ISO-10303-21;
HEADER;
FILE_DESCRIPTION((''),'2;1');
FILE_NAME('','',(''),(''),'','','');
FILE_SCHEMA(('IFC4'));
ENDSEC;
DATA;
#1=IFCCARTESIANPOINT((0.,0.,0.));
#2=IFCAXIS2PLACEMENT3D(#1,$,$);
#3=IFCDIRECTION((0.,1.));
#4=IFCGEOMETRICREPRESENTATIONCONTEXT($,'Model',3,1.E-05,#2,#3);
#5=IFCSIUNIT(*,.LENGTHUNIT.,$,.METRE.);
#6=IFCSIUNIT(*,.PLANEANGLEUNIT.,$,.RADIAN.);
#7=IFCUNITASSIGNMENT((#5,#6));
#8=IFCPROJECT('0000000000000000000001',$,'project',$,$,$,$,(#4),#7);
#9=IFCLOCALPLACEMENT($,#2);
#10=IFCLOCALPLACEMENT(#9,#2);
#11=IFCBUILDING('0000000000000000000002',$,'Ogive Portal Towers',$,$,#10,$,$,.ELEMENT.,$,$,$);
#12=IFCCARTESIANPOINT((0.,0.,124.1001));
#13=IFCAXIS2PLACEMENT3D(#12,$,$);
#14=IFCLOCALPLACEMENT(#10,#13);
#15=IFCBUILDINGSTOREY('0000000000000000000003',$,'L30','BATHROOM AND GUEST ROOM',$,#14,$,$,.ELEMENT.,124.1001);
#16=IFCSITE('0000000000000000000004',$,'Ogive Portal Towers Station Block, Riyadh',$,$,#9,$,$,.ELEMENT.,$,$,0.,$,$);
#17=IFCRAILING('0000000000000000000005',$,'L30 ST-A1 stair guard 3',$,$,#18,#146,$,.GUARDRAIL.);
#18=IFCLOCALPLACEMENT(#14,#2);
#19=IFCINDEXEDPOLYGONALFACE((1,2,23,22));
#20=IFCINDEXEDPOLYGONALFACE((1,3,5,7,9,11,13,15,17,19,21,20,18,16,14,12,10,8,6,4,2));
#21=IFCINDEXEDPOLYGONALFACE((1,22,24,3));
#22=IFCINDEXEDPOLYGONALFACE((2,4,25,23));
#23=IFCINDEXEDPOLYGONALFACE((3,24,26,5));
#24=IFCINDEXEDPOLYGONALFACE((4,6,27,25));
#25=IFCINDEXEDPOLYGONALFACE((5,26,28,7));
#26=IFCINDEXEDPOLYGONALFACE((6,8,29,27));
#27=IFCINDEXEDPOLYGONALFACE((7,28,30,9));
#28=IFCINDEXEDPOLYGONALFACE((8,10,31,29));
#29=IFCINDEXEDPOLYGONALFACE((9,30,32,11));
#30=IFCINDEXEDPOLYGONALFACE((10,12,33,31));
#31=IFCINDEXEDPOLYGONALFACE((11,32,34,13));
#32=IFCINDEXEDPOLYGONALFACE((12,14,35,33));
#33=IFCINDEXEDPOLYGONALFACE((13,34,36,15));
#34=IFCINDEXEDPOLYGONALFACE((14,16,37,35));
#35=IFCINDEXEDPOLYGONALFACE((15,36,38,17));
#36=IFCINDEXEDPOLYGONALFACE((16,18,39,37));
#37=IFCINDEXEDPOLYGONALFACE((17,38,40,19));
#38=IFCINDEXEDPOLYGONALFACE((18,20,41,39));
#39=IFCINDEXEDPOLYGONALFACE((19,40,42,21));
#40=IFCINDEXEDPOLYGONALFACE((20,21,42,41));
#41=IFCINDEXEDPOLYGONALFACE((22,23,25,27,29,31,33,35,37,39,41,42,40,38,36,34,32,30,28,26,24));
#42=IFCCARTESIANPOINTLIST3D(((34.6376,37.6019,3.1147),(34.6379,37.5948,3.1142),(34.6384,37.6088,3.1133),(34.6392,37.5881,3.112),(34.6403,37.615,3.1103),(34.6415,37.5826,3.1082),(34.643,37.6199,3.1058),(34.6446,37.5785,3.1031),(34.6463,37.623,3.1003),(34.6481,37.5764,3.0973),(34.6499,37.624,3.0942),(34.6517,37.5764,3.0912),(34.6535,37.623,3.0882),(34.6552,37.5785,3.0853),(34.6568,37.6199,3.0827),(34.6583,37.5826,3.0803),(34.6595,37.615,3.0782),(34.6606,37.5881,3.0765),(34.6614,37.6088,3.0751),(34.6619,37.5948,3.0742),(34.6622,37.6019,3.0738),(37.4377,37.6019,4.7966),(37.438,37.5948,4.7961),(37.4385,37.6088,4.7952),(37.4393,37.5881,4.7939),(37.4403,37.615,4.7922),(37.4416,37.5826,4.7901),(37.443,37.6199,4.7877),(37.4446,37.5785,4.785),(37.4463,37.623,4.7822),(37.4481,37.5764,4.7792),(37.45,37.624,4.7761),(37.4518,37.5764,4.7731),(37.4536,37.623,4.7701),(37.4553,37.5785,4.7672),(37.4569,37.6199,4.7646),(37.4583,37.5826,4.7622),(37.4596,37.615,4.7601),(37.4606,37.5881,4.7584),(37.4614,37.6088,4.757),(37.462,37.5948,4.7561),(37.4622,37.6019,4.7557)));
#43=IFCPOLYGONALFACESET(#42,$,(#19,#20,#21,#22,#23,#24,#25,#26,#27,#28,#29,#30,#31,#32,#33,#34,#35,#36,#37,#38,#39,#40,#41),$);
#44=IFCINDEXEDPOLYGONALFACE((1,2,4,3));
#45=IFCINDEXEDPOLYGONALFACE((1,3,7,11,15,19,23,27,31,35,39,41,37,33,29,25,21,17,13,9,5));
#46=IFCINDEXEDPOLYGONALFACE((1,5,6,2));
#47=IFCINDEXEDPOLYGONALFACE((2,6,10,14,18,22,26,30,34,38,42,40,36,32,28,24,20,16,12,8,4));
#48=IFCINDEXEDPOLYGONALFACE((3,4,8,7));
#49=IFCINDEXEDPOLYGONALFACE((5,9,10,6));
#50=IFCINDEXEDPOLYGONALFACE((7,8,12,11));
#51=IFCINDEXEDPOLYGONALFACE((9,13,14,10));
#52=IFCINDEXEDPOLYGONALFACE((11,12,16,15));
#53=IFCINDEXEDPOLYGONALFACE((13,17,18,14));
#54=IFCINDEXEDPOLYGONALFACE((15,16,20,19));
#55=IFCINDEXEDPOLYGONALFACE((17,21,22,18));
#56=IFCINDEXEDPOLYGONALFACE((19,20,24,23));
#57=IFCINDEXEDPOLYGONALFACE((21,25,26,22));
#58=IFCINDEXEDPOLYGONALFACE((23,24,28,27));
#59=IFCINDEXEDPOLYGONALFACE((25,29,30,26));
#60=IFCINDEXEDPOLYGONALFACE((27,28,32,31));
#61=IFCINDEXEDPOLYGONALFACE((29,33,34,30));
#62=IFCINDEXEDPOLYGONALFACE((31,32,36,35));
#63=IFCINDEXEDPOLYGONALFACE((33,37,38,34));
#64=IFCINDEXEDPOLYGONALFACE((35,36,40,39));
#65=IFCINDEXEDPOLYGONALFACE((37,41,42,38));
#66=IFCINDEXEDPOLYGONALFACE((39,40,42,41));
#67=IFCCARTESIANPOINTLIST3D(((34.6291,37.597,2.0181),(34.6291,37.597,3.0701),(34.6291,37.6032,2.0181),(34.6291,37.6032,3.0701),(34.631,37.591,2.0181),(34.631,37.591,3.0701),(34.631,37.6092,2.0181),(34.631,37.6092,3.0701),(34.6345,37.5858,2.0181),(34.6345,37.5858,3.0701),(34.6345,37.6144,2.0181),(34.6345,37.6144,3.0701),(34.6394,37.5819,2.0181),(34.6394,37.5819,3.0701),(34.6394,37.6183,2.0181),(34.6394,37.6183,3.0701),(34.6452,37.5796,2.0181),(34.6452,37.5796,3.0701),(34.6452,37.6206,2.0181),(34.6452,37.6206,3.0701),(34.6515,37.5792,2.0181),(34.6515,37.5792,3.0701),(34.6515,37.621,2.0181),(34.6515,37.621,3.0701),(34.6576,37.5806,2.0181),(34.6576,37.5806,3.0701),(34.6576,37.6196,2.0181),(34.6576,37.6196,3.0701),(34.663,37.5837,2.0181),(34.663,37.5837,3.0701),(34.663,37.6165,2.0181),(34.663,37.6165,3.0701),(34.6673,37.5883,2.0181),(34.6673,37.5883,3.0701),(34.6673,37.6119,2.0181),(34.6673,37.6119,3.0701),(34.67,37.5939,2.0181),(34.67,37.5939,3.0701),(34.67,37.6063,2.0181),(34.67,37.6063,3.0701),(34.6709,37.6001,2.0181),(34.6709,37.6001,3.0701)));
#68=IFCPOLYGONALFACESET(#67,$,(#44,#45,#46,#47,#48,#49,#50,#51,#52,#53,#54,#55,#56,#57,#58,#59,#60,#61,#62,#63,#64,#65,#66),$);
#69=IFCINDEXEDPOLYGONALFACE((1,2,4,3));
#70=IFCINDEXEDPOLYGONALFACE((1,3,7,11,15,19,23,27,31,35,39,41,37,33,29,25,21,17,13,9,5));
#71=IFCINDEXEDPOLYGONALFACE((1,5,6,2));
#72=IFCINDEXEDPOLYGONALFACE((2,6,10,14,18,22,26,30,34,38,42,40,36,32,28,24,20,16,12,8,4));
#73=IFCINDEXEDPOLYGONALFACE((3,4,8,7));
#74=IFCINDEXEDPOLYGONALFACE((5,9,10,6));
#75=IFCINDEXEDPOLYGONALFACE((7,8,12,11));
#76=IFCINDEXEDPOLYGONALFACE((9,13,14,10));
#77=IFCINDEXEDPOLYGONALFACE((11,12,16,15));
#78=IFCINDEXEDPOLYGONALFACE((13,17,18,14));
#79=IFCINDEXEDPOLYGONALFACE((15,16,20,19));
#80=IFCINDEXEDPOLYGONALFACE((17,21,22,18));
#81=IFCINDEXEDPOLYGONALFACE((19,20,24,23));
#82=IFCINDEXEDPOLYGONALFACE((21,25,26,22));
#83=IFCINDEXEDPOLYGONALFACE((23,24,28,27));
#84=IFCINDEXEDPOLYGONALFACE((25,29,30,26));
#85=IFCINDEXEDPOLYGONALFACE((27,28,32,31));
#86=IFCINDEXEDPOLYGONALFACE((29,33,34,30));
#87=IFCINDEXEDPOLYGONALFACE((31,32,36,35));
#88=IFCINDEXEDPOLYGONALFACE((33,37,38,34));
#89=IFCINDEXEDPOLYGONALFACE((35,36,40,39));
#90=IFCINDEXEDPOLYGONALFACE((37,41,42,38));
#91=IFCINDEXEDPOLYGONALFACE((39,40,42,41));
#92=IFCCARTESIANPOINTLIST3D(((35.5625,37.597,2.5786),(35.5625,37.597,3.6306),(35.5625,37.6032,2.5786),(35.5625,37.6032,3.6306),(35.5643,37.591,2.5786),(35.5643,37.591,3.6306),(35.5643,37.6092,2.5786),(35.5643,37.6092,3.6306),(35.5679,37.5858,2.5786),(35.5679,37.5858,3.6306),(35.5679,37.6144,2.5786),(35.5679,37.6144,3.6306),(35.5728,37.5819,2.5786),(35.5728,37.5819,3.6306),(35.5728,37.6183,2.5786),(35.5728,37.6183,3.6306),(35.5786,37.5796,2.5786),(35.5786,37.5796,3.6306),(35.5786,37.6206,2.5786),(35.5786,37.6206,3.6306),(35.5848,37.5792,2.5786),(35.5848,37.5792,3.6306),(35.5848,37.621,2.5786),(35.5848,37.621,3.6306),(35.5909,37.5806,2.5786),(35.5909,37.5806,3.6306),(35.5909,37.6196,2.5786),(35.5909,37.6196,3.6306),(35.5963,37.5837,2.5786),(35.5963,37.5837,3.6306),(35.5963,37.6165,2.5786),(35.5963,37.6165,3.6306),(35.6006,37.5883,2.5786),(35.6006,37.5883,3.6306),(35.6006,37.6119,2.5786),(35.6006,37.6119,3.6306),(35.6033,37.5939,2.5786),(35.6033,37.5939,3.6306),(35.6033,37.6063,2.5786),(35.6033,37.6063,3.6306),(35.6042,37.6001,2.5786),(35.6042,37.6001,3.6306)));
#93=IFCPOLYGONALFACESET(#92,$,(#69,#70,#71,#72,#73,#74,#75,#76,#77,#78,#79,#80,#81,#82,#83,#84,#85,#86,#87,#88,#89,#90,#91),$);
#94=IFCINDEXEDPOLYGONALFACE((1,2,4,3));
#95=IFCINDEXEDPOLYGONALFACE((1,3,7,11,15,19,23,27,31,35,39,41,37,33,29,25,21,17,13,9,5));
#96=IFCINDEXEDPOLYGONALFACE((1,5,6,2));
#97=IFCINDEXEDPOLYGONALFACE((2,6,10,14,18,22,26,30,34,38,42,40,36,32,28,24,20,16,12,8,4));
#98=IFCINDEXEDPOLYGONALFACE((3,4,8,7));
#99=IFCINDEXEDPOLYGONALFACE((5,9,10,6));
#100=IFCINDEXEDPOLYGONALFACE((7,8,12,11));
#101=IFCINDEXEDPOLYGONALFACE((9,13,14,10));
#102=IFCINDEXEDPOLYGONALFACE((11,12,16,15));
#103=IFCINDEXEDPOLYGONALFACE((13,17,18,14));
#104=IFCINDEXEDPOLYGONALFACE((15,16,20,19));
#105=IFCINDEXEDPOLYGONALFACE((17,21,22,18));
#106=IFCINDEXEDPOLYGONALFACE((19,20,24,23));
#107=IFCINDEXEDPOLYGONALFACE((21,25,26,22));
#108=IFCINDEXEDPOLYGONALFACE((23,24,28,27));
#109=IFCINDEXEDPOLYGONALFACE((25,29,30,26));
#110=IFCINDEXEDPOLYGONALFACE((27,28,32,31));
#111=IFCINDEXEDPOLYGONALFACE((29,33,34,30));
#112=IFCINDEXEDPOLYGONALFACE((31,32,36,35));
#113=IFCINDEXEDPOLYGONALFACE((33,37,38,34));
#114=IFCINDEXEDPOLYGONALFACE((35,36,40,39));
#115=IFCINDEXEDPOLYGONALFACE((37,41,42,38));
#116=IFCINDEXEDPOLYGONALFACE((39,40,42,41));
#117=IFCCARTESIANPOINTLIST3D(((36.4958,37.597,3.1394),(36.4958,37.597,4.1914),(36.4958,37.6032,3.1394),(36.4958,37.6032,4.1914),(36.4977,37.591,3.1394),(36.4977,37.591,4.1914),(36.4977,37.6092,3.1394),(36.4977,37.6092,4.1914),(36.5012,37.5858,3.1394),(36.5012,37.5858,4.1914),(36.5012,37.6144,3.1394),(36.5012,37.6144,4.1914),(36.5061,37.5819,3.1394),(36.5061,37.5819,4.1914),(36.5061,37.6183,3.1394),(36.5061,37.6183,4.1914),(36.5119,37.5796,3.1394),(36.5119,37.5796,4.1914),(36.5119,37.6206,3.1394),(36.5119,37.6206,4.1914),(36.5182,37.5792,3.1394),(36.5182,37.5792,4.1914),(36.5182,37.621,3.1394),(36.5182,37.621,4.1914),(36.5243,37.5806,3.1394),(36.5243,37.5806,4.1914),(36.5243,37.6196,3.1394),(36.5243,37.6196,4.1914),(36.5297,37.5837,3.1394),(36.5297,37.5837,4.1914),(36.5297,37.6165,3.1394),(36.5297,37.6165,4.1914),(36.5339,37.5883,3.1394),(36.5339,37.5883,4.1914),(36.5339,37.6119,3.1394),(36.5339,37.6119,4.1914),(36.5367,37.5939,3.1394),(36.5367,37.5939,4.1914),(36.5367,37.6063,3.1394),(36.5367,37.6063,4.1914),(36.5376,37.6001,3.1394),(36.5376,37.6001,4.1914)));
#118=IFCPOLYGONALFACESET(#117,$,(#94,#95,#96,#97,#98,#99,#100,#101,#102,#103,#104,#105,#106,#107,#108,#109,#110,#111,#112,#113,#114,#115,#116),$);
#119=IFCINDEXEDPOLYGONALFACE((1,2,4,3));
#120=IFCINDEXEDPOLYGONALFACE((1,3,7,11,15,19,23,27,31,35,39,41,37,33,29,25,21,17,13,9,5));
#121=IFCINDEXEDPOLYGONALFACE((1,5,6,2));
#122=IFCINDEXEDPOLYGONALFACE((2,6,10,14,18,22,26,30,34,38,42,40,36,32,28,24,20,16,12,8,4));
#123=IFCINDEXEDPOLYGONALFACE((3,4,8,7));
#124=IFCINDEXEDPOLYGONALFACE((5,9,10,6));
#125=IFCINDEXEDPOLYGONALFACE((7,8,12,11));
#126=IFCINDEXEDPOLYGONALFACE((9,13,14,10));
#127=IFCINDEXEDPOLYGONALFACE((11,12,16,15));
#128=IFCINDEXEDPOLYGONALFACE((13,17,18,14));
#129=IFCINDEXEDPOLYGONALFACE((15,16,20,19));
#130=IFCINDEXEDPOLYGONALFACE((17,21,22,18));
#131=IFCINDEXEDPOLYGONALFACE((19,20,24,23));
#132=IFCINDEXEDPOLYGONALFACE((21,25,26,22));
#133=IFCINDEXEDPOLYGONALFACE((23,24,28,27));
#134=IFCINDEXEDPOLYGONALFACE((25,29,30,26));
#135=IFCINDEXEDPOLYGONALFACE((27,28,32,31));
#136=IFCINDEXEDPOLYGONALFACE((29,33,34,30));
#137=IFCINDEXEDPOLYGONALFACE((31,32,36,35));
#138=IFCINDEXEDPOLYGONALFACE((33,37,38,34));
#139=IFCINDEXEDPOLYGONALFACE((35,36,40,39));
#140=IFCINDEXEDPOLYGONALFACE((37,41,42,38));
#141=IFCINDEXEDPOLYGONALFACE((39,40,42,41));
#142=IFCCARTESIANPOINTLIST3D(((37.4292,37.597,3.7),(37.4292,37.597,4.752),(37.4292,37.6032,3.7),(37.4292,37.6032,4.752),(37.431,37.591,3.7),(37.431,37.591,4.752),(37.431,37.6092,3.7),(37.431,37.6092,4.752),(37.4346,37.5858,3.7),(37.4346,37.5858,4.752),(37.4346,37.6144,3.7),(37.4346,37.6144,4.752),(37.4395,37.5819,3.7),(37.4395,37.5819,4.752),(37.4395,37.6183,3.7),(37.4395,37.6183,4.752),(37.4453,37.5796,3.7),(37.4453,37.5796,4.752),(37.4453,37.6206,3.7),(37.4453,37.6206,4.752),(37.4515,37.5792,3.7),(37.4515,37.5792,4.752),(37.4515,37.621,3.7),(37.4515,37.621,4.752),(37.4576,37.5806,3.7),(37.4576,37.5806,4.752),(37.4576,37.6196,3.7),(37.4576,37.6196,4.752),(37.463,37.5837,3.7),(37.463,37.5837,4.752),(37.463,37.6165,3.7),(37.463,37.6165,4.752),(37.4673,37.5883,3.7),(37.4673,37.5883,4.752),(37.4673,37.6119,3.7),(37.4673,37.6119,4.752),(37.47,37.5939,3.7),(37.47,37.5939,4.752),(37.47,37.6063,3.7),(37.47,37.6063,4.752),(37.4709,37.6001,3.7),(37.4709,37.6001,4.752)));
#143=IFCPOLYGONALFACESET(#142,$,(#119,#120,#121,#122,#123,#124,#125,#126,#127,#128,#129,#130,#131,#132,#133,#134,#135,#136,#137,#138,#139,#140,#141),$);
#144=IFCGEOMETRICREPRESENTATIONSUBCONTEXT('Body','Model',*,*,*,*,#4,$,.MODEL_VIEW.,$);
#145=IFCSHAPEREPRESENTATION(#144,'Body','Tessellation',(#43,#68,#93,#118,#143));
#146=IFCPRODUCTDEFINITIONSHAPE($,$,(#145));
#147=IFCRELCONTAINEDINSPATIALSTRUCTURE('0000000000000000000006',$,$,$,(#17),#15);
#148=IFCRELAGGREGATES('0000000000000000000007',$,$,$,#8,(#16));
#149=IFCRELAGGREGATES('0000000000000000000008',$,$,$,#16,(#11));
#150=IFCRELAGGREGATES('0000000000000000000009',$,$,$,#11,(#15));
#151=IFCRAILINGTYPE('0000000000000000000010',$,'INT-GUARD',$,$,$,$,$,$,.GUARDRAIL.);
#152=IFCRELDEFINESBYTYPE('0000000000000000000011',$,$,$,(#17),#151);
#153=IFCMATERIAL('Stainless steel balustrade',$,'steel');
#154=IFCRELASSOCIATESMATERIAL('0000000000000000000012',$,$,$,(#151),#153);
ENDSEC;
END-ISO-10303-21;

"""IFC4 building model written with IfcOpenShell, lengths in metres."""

from ifc_helpers import new_model, si_unit, direction, frame, origin, origin_2d, place, context, subcontext, project, spatial, circle, extrude, material, type_object, element, save


model = new_model("IFC4")

# Units and contexts
model_context = context("Model", 3, precision=1e-05, world=origin(), true_north=direction((0.0, 1.0)))
body_context = subcontext(model_context, "Body", "Model", "MODEL_VIEW")
ifc_project = project(units=[si_unit("LENGTHUNIT", "METRE"), si_unit("PLANEANGLEUNIT", "RADIAN")], contexts=[model_context])

# Site, building, storey
site_placement = place(None, origin())
site = spatial("IfcSite", under=ifc_project, at=site_placement, Name="Ogive Portal Towers Station Block, Riyadh", CompositionType="ELEMENT", RefElevation=0.0)
building_placement = place(site_placement, origin())
building = spatial("IfcBuilding", under=site, at=building_placement, Name="Ogive Portal Towers", CompositionType="ELEMENT")
storey_placement = place(building_placement, frame((0.0, 0.0, 124.1001)))
storey = spatial("IfcBuildingStorey", under=building, at=storey_placement, Name="L30", Description="BATHROOM AND GUEST ROOM", CompositionType="ELEMENT", Elevation=124.1001)

# Railing
ifc_material_1 = material(Name="Stainless steel balustrade", Category="steel")
railing_type_1 = type_object("IfcRailingType", Name="INT-GUARD", PredefinedType="GUARDRAIL", material=ifc_material_1)
railing_1_placement = place(storey_placement, frame((34.6499, 37.6001, 2.0181)))
element("IfcRailing", 1, at=railing_1_placement, inside=storey, type_object=railing_type_1, Name="L30 ST-A1 stair guard 3", PredefinedType="GUARDRAIL", context=body_context, shape_type="SweptSolid", body=[
    extrude(circle(Radius=0.0239, at=origin_2d()), frame((0.0, 0.0, 1.0762), z_axis=(0.857242, 0.0, 0.514913), x_axis=(0.0, 1.0, 0.0)), (0.0, 0.0, 1.0), 3.2664),
    extrude(circle(Radius=0.021, at=origin_2d()), origin(), (0.0, 0.0, 1.0), 1.052),
    extrude(circle(Radius=0.021, at=origin_2d()), frame((0.9333, 0.0, 0.5605)), (0.0, 0.0, 1.0), 1.052),
    extrude(circle(Radius=0.021, at=origin_2d()), frame((1.8667, 0.0, 1.1213)), (0.0, 0.0, 1.0), 1.052),
    extrude(circle(Radius=0.021, at=origin_2d()), frame((2.8, 0.0, 1.6819)), (0.0, 0.0, 1.0), 1.052),
])

save(model, "model.ifc")
